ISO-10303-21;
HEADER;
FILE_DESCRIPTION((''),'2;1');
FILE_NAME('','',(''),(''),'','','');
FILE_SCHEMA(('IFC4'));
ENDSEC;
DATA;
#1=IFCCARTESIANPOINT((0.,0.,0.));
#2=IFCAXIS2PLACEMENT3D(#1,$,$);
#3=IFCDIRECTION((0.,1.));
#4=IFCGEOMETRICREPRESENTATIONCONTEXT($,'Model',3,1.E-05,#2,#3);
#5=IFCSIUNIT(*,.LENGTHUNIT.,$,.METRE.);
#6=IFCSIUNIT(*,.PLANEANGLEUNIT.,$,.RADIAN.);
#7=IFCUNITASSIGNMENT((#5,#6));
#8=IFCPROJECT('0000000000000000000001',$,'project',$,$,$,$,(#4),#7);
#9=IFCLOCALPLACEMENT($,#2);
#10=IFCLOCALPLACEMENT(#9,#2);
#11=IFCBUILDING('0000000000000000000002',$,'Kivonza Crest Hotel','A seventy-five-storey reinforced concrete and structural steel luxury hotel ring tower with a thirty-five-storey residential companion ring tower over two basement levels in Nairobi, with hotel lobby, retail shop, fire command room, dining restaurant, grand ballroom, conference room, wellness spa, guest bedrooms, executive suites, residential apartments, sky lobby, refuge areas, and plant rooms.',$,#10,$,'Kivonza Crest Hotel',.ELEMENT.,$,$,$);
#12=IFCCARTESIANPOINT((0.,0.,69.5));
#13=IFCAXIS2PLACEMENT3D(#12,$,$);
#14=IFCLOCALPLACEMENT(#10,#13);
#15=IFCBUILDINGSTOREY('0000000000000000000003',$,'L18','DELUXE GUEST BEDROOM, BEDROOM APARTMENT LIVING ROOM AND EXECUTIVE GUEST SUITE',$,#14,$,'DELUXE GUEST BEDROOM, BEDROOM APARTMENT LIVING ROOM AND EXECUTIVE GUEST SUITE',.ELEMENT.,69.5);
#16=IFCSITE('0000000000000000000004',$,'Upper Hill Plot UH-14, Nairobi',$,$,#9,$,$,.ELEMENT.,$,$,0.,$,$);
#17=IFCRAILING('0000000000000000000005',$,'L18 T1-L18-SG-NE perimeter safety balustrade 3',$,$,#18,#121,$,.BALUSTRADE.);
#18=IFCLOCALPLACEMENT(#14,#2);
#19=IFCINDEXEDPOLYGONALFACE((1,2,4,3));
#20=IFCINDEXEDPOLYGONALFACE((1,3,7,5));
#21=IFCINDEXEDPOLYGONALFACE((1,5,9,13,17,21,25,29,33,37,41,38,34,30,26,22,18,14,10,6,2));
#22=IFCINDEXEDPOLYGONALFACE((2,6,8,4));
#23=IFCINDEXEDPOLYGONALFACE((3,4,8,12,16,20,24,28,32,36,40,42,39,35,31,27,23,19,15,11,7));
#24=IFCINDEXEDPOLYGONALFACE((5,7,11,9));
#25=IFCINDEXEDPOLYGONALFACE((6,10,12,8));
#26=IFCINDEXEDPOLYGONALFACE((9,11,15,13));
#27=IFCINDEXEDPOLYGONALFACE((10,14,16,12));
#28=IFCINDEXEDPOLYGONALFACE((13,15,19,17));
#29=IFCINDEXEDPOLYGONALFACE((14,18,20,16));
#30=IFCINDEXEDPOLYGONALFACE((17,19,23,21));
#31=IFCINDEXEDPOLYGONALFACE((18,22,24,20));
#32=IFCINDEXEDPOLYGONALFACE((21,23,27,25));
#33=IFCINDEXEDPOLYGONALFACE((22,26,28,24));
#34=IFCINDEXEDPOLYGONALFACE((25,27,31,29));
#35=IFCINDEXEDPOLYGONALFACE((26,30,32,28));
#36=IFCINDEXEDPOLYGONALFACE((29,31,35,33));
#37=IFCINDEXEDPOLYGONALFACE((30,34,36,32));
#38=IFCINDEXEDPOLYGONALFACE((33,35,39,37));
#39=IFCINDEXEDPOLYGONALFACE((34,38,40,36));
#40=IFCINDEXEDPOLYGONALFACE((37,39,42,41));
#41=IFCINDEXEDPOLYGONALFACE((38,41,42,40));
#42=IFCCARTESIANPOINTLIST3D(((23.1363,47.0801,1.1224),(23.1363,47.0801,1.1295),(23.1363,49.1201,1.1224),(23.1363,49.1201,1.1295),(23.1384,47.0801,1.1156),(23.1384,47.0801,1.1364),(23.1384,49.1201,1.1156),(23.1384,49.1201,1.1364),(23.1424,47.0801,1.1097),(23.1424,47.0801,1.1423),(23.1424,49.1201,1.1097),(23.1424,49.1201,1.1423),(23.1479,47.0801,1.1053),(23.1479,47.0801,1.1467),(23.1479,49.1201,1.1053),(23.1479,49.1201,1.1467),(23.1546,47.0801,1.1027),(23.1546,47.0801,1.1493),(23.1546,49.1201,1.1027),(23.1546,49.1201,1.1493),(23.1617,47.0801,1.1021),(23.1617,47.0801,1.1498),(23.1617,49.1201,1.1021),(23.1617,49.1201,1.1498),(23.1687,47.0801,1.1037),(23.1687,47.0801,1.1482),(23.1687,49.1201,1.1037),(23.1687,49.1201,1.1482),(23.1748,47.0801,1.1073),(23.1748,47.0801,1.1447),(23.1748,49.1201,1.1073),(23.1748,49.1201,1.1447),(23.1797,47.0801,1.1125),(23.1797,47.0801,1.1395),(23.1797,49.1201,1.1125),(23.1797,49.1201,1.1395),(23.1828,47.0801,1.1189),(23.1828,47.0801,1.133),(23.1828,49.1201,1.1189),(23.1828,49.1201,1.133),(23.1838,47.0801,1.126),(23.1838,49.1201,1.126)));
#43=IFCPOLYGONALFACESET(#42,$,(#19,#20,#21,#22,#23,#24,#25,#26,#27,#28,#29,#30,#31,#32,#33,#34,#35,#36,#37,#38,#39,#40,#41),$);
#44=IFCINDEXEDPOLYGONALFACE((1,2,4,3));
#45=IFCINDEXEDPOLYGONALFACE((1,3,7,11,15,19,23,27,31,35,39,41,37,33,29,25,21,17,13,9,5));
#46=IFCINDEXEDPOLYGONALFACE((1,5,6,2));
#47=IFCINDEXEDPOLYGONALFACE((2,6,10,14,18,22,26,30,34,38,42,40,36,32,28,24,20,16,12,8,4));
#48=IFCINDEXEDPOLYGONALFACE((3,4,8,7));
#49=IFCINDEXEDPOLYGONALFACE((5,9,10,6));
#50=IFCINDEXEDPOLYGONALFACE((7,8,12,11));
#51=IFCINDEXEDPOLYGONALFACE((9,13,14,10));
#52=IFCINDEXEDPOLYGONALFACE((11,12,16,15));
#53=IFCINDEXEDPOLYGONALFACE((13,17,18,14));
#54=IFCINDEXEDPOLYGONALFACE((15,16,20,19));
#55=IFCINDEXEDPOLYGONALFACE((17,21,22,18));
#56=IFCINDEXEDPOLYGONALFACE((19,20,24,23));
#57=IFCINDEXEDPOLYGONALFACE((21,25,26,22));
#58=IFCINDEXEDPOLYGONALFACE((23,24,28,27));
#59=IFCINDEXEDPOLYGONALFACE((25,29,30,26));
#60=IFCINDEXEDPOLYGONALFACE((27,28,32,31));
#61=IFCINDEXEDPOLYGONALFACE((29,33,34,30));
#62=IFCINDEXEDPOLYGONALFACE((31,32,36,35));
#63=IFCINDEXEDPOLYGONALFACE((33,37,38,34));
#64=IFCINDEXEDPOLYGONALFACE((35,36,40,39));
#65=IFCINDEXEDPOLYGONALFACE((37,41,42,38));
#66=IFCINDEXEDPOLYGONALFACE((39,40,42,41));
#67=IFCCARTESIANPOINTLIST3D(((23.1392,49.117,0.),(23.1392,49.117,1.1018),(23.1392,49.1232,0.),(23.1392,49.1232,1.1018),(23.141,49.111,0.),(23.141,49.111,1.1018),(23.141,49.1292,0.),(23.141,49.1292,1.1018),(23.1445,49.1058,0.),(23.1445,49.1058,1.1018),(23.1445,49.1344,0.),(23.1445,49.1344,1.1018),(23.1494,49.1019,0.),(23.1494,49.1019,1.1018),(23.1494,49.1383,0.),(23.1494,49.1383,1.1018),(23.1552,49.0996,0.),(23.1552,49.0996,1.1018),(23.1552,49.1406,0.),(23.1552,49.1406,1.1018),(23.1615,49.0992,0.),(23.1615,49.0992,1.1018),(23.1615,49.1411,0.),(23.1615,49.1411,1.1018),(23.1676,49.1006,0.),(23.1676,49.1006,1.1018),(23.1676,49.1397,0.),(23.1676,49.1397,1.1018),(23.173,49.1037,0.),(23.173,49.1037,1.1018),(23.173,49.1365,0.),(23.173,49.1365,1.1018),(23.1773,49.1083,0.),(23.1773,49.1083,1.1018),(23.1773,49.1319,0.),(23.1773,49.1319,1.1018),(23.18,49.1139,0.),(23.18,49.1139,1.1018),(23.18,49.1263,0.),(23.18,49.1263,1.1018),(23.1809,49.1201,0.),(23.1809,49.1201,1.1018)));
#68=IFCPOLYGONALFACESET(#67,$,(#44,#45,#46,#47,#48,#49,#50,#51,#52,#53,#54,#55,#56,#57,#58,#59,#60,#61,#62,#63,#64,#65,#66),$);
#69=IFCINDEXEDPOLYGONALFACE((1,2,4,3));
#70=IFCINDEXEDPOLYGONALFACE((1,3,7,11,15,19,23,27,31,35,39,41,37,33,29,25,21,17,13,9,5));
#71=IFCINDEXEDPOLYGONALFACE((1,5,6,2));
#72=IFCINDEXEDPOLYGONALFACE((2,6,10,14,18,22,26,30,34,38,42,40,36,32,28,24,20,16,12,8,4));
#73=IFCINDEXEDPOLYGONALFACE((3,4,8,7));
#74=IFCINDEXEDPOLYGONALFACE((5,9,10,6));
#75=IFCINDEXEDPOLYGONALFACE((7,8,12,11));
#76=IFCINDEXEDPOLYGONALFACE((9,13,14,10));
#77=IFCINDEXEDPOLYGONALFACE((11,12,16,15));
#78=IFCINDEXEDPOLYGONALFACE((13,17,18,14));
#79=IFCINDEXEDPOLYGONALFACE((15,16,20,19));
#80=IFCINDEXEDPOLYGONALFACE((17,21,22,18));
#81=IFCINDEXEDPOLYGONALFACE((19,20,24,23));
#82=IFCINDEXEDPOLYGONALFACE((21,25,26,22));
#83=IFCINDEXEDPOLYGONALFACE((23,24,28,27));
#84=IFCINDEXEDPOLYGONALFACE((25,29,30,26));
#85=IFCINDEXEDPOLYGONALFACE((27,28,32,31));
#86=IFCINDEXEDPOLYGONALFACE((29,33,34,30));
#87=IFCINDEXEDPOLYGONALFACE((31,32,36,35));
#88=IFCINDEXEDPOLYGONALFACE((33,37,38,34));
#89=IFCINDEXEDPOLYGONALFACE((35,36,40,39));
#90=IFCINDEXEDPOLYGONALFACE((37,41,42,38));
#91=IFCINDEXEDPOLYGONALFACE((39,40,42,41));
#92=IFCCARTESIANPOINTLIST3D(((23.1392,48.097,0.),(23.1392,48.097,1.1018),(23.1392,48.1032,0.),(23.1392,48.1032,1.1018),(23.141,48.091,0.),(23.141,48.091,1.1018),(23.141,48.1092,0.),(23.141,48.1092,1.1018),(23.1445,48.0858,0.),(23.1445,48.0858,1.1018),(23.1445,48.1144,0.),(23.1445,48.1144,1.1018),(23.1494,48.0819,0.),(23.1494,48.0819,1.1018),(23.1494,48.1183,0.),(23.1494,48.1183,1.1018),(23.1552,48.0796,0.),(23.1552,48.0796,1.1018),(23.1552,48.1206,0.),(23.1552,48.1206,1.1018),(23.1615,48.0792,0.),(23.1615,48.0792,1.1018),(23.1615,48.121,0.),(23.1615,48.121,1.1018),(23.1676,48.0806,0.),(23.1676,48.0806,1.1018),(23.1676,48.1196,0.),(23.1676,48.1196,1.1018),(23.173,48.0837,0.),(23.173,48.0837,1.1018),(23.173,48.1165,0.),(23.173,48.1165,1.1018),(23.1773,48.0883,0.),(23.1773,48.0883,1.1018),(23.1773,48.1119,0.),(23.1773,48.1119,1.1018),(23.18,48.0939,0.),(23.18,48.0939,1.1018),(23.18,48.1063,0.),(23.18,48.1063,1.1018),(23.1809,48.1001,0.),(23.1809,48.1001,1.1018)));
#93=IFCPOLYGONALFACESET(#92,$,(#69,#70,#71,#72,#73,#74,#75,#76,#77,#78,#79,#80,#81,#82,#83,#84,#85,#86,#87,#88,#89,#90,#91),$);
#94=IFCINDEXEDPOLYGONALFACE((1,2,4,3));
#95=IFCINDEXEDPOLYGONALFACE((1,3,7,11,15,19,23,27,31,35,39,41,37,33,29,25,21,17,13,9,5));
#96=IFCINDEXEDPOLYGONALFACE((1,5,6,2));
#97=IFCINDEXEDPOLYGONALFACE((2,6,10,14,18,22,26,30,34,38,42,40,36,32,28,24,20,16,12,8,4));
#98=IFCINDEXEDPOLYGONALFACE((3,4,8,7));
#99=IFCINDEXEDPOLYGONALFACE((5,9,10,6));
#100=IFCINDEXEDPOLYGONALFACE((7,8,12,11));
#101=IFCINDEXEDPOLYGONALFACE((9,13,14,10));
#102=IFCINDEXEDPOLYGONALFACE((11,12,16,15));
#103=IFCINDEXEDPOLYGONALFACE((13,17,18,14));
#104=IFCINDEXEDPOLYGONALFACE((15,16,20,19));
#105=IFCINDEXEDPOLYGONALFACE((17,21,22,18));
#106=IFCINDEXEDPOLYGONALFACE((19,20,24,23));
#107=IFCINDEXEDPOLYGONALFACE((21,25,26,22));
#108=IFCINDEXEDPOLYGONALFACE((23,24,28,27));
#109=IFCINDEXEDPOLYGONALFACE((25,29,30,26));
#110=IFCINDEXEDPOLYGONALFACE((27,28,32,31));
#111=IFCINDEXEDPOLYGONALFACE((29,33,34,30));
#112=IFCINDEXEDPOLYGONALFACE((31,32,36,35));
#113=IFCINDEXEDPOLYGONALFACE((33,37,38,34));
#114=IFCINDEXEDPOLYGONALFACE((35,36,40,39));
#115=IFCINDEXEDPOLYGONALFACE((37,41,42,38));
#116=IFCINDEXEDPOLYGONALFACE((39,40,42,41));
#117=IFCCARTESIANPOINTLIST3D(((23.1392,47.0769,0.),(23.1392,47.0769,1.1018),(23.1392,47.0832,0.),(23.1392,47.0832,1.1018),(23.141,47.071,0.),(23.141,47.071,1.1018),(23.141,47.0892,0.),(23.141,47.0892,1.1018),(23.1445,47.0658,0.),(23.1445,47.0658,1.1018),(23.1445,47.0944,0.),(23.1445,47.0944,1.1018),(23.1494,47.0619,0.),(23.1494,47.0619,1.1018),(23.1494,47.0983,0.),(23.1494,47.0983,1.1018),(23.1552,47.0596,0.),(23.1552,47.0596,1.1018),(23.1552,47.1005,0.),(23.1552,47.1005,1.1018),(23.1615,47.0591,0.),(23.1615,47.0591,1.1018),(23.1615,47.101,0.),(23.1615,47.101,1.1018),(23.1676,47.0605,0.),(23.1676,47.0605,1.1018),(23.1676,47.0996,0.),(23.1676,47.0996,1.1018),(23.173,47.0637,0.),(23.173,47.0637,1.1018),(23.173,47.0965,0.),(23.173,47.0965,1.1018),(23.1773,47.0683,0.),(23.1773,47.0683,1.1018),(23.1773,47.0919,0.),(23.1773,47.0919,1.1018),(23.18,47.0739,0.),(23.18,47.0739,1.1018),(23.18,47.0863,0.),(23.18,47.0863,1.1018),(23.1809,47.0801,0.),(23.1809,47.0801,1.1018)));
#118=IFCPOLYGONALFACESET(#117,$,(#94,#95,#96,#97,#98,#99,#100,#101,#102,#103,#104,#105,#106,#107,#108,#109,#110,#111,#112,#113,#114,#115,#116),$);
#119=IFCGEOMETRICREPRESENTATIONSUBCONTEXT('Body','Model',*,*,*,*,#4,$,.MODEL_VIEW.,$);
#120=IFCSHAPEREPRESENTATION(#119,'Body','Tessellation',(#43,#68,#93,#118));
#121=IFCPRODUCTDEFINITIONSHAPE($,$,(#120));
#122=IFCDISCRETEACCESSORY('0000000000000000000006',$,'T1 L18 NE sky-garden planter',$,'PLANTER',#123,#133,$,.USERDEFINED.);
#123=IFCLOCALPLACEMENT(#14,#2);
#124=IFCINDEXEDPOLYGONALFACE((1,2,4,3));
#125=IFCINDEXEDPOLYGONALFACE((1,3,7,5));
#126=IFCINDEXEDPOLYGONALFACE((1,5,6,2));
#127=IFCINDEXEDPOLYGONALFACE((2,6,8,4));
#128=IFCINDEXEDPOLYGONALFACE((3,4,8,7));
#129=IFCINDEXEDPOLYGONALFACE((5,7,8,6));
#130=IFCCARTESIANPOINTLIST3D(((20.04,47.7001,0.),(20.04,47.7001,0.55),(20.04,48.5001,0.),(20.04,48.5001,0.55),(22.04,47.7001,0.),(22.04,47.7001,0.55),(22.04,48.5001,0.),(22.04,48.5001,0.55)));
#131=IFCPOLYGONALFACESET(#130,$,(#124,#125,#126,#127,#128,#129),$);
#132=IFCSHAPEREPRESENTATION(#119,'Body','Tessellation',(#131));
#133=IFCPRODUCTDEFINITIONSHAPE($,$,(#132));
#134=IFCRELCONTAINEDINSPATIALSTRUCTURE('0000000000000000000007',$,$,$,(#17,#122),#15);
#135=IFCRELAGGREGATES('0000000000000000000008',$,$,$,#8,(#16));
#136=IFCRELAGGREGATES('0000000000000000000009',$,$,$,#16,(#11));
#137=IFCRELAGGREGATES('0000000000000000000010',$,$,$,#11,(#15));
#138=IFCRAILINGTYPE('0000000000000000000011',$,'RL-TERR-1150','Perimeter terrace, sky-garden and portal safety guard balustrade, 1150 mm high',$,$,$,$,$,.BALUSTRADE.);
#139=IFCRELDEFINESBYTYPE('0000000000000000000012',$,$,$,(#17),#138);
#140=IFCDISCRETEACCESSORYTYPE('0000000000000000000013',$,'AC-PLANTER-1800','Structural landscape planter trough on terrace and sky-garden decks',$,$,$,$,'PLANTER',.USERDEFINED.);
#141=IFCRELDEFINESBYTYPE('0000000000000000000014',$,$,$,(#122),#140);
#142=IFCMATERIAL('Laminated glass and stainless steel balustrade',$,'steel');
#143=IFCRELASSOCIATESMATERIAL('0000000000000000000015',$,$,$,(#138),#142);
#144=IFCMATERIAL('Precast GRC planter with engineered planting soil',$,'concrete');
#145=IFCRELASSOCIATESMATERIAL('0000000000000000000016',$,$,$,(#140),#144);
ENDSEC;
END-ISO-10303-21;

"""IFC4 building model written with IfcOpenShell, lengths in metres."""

from ifc_helpers import new_model, si_unit, direction, frame, origin, origin_2d, place, context, subcontext, project, spatial, rectangle, circle, extrude, material, type_object, element, save


model = new_model("IFC4")

# Units and contexts
model_context = context("Model", 3, precision=1e-05, world=origin(), true_north=direction((0.0, 1.0)))
body_context = subcontext(model_context, "Body", "Model", "MODEL_VIEW")
ifc_project = project(units=[si_unit("LENGTHUNIT", "METRE"), si_unit("PLANEANGLEUNIT", "RADIAN")], contexts=[model_context])

# Site, building, storey
site_placement = place(None, origin())
site = spatial("IfcSite", under=ifc_project, at=site_placement, Name="Upper Hill Plot UH-14, Nairobi", CompositionType="ELEMENT", RefElevation=0.0)
building_placement = place(site_placement, origin())
building = spatial("IfcBuilding", under=site, at=building_placement, Name="Kivonza Crest Hotel", Description="A seventy-five-storey reinforced concrete and structural steel luxury hotel ring tower with a thirty-five-storey residential companion ring tower over two basement levels in Nairobi, with hotel lobby, retail shop, fire command room, dining restaurant, grand ballroom, conference room, wellness spa, guest bedrooms, executive suites, residential apartments, sky lobby, refuge areas, and plant rooms.", LongName="Kivonza Crest Hotel", CompositionType="ELEMENT")
storey_placement = place(building_placement, frame((0.0, 0.0, 69.5)))
storey = spatial("IfcBuildingStorey", under=building, at=storey_placement, Name="L18", Description="DELUXE GUEST BEDROOM, BEDROOM APARTMENT LIVING ROOM AND EXECUTIVE GUEST SUITE", LongName="DELUXE GUEST BEDROOM, BEDROOM APARTMENT LIVING ROOM AND EXECUTIVE GUEST SUITE", CompositionType="ELEMENT", Elevation=69.5)

# Railing
ifc_material_1 = material(Name="Laminated glass and stainless steel balustrade", Category="steel")
railing_type = type_object("IfcRailingType", Name="RL-TERR-1150", Description="Perimeter terrace, sky-garden and portal safety guard balustrade, 1150 mm high", PredefinedType="BALUSTRADE", material=ifc_material_1)
railing_1_placement = place(storey_placement, frame((23.1599, 49.1201, 0.0)))
element("IfcRailing", 1, at=railing_1_placement, inside=storey, type_object=railing_type, Name="L18 T1-L18-SG-NE perimeter safety balustrade 3", PredefinedType="BALUSTRADE", context=body_context, shape_type="SweptSolid", body=[
    extrude(circle(Radius=0.0239, at=origin_2d()), frame((0.0, 0.0, 1.126), z_axis=(0.0, -1.0, 0.0), x_axis=(1.0, 0.0, 0.0)), (0.0, 0.0, 1.0), 2.04),
    extrude(circle(Radius=0.021, at=origin_2d()), origin(), (0.0, 0.0, 1.0), 1.1018),
    extrude(circle(Radius=0.021, at=origin_2d()), frame((0.0, -1.02, 0.0)), (0.0, 0.0, 1.0), 1.1018),
    extrude(circle(Radius=0.021, at=origin_2d()), frame((0.0, -2.04, 0.0)), (0.0, 0.0, 1.0), 1.1018),
])

# Discrete accessory
ifc_material_2 = material(Name="Precast GRC planter with engineered planting soil", Category="concrete")
discrete_accessory_type = type_object("IfcDiscreteAccessoryType", Name="AC-PLANTER-1800", Description="Structural landscape planter trough on terrace and sky-garden decks", ElementType="PLANTER", PredefinedType="USERDEFINED", material=ifc_material_2)
discrete_accessory_placement = place(storey_placement, frame((21.04, 48.1001, 0.0), z_axis=(0.0, 0.0, 1.0), x_axis=(1.0, 0.0, 0.0)))
element("IfcDiscreteAccessory", 2, at=discrete_accessory_placement, inside=storey, type_object=discrete_accessory_type, Name="T1 L18 NE sky-garden planter", ObjectType="PLANTER", PredefinedType="USERDEFINED", context=body_context, shape_type="SweptSolid", body=[
    extrude(rectangle(XDim=2.0, YDim=0.8, at=origin_2d()), origin(), (0.0, 0.0, 1.0), 0.55),
])

save(model, "model.ifc")
